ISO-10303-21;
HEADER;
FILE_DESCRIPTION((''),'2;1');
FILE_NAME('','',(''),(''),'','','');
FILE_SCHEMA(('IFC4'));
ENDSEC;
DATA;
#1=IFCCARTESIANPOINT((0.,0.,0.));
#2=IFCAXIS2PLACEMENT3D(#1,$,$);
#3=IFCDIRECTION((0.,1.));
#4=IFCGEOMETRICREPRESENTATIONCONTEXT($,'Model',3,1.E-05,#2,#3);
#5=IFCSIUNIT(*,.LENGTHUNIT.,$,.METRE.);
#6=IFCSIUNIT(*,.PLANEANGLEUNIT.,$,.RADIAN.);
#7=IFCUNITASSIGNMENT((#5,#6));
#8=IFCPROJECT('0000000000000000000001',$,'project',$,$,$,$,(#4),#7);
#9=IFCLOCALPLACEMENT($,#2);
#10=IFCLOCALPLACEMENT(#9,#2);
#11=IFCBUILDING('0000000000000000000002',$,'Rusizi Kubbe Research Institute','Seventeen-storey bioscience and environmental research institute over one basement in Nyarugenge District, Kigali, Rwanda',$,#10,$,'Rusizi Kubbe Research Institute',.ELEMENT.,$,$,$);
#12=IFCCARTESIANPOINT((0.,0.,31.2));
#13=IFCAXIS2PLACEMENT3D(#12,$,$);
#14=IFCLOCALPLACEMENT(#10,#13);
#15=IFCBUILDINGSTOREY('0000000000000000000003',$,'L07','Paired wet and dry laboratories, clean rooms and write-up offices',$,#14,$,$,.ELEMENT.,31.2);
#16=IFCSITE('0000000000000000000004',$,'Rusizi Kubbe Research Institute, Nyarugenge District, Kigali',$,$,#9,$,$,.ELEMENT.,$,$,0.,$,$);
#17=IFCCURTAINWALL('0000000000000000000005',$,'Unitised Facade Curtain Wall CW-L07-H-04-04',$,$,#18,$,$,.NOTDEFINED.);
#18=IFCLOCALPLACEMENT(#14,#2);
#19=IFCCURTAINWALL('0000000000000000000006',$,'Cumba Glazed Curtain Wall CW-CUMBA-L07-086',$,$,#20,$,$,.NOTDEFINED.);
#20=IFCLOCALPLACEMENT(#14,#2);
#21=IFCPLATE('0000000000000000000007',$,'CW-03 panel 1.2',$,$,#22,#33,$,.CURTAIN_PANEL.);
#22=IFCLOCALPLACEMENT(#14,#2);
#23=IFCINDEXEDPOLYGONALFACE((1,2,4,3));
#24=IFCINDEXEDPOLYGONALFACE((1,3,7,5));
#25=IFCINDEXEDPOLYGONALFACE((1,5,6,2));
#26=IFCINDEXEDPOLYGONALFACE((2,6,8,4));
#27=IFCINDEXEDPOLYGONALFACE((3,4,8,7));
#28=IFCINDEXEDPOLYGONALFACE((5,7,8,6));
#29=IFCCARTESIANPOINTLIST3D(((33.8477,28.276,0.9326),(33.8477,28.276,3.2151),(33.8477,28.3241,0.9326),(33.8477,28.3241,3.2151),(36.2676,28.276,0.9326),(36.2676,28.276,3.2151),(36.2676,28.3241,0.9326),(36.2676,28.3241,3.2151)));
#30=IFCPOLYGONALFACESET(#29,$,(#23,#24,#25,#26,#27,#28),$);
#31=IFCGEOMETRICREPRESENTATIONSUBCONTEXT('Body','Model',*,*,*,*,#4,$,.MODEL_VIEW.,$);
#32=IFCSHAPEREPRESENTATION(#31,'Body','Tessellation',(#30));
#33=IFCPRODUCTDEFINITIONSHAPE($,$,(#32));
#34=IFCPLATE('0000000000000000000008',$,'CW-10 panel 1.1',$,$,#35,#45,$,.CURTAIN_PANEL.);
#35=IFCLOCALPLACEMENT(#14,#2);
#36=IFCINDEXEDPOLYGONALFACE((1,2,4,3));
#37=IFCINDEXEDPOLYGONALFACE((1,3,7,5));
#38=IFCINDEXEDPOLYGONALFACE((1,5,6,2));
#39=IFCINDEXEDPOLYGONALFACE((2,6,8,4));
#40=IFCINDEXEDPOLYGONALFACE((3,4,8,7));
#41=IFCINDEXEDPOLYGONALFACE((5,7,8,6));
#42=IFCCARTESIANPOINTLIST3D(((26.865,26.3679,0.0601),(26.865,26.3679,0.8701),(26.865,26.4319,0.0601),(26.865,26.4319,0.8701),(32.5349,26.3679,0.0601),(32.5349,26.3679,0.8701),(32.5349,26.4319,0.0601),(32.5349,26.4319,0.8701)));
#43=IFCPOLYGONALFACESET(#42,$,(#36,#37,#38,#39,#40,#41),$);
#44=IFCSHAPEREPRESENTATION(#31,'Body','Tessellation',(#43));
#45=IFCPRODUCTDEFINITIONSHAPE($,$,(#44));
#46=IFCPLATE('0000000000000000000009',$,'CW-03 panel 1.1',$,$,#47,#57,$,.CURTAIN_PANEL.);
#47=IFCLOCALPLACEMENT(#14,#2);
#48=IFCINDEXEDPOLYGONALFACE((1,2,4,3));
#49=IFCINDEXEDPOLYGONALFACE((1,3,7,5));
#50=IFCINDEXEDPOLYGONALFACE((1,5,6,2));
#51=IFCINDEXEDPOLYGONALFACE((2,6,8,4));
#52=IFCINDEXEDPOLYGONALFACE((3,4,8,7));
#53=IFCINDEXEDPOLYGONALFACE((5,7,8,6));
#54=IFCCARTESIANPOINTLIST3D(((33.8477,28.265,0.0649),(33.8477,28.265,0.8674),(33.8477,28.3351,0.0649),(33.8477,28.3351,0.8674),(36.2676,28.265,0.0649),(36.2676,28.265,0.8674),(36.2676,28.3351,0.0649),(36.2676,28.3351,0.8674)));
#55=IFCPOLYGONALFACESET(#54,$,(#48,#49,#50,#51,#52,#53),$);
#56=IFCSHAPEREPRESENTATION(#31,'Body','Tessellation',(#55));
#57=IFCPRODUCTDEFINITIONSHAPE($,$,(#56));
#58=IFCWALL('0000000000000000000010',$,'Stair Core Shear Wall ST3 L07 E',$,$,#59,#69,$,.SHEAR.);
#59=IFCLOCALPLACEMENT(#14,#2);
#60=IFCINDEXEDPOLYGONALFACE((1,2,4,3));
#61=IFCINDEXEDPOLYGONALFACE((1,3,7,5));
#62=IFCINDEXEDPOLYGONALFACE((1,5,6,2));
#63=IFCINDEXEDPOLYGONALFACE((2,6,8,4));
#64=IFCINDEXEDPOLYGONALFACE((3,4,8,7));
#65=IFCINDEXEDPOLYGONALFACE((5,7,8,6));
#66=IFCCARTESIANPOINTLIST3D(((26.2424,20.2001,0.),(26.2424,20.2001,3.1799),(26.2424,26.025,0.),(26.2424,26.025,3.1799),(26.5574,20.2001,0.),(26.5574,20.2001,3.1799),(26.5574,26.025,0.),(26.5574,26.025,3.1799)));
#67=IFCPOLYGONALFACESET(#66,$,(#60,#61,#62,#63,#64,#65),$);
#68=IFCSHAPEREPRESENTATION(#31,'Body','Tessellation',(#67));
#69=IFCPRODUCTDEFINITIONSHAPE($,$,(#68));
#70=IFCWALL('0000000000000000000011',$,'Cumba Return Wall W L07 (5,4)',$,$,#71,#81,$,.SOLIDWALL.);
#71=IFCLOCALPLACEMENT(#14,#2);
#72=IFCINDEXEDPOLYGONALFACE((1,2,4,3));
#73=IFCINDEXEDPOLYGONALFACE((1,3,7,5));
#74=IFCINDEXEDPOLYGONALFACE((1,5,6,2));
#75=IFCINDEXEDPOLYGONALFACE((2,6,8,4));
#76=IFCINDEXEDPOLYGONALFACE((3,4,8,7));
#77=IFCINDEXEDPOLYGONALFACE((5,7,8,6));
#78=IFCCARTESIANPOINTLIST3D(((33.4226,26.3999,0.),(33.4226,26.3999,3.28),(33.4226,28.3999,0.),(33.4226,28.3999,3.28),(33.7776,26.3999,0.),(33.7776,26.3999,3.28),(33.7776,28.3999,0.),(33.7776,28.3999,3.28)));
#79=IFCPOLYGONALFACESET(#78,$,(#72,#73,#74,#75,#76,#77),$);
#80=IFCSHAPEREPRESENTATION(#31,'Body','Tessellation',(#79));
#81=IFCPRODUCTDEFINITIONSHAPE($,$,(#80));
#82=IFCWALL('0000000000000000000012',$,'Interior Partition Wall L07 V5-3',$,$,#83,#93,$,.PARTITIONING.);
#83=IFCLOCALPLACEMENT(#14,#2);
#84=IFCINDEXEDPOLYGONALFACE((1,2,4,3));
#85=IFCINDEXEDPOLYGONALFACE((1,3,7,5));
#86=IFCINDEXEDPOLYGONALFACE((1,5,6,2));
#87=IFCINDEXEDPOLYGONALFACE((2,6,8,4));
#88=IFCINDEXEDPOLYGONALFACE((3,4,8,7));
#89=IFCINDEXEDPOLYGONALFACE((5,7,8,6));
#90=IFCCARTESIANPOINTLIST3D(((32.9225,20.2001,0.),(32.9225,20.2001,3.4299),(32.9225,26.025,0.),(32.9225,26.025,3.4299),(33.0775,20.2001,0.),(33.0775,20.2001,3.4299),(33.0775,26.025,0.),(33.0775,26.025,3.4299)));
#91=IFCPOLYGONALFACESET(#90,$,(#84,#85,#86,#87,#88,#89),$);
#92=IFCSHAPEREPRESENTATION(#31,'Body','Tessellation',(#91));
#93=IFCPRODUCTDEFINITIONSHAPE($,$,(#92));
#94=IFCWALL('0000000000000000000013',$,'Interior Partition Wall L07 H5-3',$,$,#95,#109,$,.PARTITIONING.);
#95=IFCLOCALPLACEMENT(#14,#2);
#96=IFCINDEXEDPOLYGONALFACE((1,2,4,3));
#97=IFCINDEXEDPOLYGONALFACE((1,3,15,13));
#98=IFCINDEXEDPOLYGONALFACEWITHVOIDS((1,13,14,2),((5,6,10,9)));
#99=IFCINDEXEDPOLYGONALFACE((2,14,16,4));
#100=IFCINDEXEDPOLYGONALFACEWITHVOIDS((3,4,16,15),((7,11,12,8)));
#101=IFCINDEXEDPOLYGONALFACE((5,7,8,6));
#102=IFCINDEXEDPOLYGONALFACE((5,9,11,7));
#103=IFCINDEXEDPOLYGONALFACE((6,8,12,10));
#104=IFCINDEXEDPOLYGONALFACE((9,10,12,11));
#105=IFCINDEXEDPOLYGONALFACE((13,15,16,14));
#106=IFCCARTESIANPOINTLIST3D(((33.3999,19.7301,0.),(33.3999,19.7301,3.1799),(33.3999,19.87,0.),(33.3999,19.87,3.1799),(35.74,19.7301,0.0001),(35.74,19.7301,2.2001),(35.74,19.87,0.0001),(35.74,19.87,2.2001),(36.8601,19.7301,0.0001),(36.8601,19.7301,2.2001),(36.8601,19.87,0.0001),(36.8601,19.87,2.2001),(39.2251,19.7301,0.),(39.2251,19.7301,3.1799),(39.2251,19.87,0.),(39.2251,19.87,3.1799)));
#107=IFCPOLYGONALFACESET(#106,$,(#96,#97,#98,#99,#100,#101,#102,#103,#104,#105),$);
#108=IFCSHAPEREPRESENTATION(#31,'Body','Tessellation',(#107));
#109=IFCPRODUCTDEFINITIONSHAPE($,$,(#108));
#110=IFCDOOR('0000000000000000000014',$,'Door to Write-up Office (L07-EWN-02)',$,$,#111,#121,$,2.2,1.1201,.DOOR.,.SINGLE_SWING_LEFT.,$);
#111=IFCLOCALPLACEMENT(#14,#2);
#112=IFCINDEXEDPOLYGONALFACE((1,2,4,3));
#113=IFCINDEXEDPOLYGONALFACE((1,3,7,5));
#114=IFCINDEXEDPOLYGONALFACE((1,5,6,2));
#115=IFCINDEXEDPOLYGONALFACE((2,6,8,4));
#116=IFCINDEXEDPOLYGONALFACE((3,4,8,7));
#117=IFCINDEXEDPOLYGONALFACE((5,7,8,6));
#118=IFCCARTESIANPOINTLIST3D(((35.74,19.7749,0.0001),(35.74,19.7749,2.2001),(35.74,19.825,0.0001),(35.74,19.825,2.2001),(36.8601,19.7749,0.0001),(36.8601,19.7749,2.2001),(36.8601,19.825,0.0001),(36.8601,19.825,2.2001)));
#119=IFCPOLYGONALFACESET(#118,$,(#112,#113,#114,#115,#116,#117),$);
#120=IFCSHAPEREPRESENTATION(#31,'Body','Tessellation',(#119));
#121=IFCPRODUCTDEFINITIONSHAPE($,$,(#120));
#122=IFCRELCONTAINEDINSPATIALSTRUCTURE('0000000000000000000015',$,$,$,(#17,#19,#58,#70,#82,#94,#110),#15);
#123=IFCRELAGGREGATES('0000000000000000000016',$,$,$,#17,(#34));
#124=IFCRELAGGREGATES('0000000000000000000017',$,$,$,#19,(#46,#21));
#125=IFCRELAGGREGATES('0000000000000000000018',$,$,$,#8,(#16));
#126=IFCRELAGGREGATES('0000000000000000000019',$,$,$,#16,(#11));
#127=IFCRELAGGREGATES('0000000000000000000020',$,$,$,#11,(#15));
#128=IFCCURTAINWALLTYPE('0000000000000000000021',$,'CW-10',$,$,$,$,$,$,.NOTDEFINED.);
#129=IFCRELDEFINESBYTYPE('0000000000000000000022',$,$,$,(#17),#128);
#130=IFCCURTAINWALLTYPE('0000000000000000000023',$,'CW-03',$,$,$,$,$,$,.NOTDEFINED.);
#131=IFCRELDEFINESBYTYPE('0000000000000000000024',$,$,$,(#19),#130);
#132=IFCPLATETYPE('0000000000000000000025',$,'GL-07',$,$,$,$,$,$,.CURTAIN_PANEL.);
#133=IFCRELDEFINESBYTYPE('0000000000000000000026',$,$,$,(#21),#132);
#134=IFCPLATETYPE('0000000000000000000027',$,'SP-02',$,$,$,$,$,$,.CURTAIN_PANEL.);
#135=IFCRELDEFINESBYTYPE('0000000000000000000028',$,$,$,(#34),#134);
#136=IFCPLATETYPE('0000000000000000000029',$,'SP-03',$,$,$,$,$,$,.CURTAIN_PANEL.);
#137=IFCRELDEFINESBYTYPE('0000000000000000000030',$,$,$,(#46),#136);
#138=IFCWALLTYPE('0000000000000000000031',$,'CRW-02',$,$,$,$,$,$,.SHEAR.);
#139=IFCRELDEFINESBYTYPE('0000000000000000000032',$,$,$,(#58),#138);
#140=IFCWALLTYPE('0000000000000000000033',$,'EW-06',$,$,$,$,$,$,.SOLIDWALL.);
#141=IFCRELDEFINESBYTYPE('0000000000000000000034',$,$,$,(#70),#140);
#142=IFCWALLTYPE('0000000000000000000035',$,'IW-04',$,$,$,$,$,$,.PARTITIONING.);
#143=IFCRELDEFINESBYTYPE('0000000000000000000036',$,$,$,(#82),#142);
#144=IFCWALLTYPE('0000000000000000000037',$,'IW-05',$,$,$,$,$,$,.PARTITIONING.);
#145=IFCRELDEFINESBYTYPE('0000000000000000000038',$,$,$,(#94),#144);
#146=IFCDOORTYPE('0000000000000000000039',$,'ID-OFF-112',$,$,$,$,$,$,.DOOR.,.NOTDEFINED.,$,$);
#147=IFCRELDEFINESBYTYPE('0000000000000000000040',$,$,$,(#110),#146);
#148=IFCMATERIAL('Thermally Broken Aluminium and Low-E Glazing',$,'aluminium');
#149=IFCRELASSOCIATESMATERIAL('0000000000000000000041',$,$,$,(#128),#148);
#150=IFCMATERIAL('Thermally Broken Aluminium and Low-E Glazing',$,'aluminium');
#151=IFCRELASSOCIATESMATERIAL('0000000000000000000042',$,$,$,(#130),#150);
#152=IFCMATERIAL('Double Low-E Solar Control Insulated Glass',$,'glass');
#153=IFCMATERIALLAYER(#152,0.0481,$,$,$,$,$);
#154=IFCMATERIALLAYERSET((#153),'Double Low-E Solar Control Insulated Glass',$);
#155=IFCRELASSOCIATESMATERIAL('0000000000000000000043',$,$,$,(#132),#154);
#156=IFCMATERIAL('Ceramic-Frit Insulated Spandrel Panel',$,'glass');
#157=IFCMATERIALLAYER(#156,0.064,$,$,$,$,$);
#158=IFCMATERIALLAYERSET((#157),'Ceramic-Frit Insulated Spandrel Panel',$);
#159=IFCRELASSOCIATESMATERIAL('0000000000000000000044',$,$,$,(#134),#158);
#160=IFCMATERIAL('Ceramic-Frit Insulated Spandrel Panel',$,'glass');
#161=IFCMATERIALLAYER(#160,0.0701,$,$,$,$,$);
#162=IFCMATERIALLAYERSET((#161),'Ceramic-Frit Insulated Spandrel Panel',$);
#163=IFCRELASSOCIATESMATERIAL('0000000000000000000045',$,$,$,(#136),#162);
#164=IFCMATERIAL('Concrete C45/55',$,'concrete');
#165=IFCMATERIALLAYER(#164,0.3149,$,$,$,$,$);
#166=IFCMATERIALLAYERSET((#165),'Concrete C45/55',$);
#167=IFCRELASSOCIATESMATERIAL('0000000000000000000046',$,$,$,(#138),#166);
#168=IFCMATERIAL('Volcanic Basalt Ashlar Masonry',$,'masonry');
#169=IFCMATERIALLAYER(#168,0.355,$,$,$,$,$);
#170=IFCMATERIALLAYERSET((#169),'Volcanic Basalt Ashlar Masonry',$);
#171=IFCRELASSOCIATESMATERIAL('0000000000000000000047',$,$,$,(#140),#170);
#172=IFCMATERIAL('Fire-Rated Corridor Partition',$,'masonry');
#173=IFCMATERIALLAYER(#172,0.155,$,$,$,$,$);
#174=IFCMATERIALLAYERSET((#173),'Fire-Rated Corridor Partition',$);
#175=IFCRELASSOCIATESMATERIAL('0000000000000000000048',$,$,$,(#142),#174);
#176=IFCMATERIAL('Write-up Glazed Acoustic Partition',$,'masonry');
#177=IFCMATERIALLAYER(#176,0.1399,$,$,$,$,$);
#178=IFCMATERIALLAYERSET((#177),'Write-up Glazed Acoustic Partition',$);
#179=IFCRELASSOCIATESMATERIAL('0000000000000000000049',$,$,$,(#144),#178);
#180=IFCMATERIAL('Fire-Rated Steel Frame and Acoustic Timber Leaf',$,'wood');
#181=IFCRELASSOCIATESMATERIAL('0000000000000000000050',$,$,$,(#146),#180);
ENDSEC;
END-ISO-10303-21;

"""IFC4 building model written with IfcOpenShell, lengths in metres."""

from ifc_helpers import new_model, si_unit, direction, frame, frame_2d, origin, origin_2d, place, context, subcontext, project, spatial, rectangle, extrude, material, layer, layer_set, type_object, element, fill, aggregate, save


model = new_model("IFC4")

# Units and contexts
model_context = context("Model", 3, precision=1e-05, world=origin(), true_north=direction((0.0, 1.0)))
body_context = subcontext(model_context, "Body", "Model", "MODEL_VIEW")
ifc_project = project(units=[si_unit("LENGTHUNIT", "METRE"), si_unit("PLANEANGLEUNIT", "RADIAN")], contexts=[model_context])

# Site, building, storey
site_placement = place(None, origin())
site = spatial("IfcSite", under=ifc_project, at=site_placement, Name="Rusizi Kubbe Research Institute, Nyarugenge District, Kigali", CompositionType="ELEMENT", RefElevation=0.0)
building_placement = place(site_placement, origin())
building = spatial("IfcBuilding", under=site, at=building_placement, Name="Rusizi Kubbe Research Institute", Description="Seventeen-storey bioscience and environmental research institute over one basement in Nyarugenge District, Kigali, Rwanda", LongName="Rusizi Kubbe Research Institute", CompositionType="ELEMENT")
storey_placement = place(building_placement, frame((0.0, 0.0, 31.2)))
storey = spatial("IfcBuildingStorey", under=building, at=storey_placement, Name="L07", Description="Paired wet and dry laboratories, clean rooms and write-up offices", CompositionType="ELEMENT", Elevation=31.2)

# Curtain wall
ifc_material_1 = material(Name="Thermally Broken Aluminium and Low-E Glazing", Category="aluminium")
curtain_wall_type_1 = type_object("IfcCurtainWallType", Name="CW-10", PredefinedType="NOTDEFINED", material=ifc_material_1)
curtain_wall_1_placement = place(storey_placement, origin())
curtain_wall_1 = element("IfcCurtainWall", 1, at=curtain_wall_1_placement, inside=storey, type_object=curtain_wall_type_1, Name="Unitised Facade Curtain Wall CW-L07-H-04-04", PredefinedType="NOTDEFINED")

# Curtain wall
ifc_material_2 = material(Name="Thermally Broken Aluminium and Low-E Glazing", Category="aluminium")
curtain_wall_type_2 = type_object("IfcCurtainWallType", Name="CW-03", PredefinedType="NOTDEFINED", material=ifc_material_2)
curtain_wall_2_placement = place(storey_placement, origin())
curtain_wall_2 = element("IfcCurtainWall", 2, at=curtain_wall_2_placement, inside=storey, type_object=curtain_wall_type_2, Name="Cumba Glazed Curtain Wall CW-CUMBA-L07-086", PredefinedType="NOTDEFINED")

# Plates
ifc_material_3 = material(Name="Double Low-E Solar Control Insulated Glass", Category="glass")
ifc_layer_1 = layer(ifc_material_3, 0.0481)
ifc_layer_set_1 = layer_set([ifc_layer_1], Name="Double Low-E Solar Control Insulated Glass")
plate_type_1 = type_object("IfcPlateType", Name="GL-07", PredefinedType="CURTAIN_PANEL", material=ifc_layer_set_1)
plate_1_placement = place(storey_placement, frame((35.0576, 28.3, 0.9326), z_axis=(0.0, 0.0, 1.0), x_axis=(1.0, 0.0, 0.0)))
plate_1 = element("IfcPlate", 3, at=plate_1_placement, type_object=plate_type_1, Name="CW-03 panel 1.2", PredefinedType="CURTAIN_PANEL", context=body_context, shape_type="SweptSolid", body=[
    extrude(rectangle(XDim=2.4199, YDim=0.0481, at=origin_2d()), origin(), (0.0, 0.0, 1.0), 2.2825),
])
ifc_material_4 = material(Name="Ceramic-Frit Insulated Spandrel Panel", Category="glass")
ifc_layer_2 = layer(ifc_material_4, 0.064)
ifc_layer_set_2 = layer_set([ifc_layer_2], Name="Ceramic-Frit Insulated Spandrel Panel")
plate_type_2 = type_object("IfcPlateType", Name="SP-02", PredefinedType="CURTAIN_PANEL", material=ifc_layer_set_2)
plate_2_placement = place(storey_placement, frame((29.7, 26.3999, 0.0601), z_axis=(0.0, 0.0, 1.0), x_axis=(1.0, 0.0, 0.0)))
plate_2 = element("IfcPlate", 4, at=plate_2_placement, type_object=plate_type_2, Name="CW-10 panel 1.1", PredefinedType="CURTAIN_PANEL", context=body_context, shape_type="SweptSolid", body=[
    extrude(rectangle(XDim=5.6699, YDim=0.064, at=origin_2d()), origin(), (0.0, 0.0, 1.0), 0.8101),
])
aggregate(curtain_wall_1, [plate_2])
ifc_material_5 = material(Name="Ceramic-Frit Insulated Spandrel Panel", Category="glass")
ifc_layer_3 = layer(ifc_material_5, 0.0701)
ifc_layer_set_3 = layer_set([ifc_layer_3], Name="Ceramic-Frit Insulated Spandrel Panel")
plate_type_3 = type_object("IfcPlateType", Name="SP-03", PredefinedType="CURTAIN_PANEL", material=ifc_layer_set_3)
plate_3_placement = place(storey_placement, frame((35.0576, 28.3, 0.0649), z_axis=(0.0, 0.0, 1.0), x_axis=(1.0, 0.0, 0.0)))
plate_3 = element("IfcPlate", 5, at=plate_3_placement, type_object=plate_type_3, Name="CW-03 panel 1.1", PredefinedType="CURTAIN_PANEL", context=body_context, shape_type="SweptSolid", body=[
    extrude(rectangle(XDim=2.4199, YDim=0.0701, at=origin_2d()), origin(), (0.0, 0.0, 1.0), 0.8025),
])
aggregate(curtain_wall_2, [plate_3, plate_1])

# Walls
ifc_material_6 = material(Name="Concrete C45/55", Category="concrete")
ifc_layer_4 = layer(ifc_material_6, 0.3149)
ifc_layer_set_4 = layer_set([ifc_layer_4], Name="Concrete C45/55")
wall_type_1 = type_object("IfcWallType", Name="CRW-02", PredefinedType="SHEAR", material=ifc_layer_set_4)
wall_1_placement = place(storey_placement, frame((26.3999, 20.2, 0.0), z_axis=(0.0, 0.0, 1.0), x_axis=(0.0, 1.0, 0.0)))
element("IfcWall", 6, at=wall_1_placement, inside=storey, type_object=wall_type_1, Name="Stair Core Shear Wall ST3 L07 E", PredefinedType="SHEAR", context=body_context, shape_type="SweptSolid", body=[
    extrude(rectangle(XDim=5.825, YDim=0.3149, at=frame_2d((2.9126, 0.0))), origin(), (0.0, 0.0, 1.0), 3.1799),
])
ifc_material_7 = material(Name="Volcanic Basalt Ashlar Masonry", Category="masonry")
ifc_layer_5 = layer(ifc_material_7, 0.355)
ifc_layer_set_5 = layer_set([ifc_layer_5], Name="Volcanic Basalt Ashlar Masonry")
wall_type_2 = type_object("IfcWallType", Name="EW-06", PredefinedType="SOLIDWALL", material=ifc_layer_set_5)
wall_2_placement = place(storey_placement, frame((33.6001, 26.3999, 0.0), z_axis=(0.0, 0.0, 1.0), x_axis=(0.0, 1.0, 0.0)))
element("IfcWall", 7, at=wall_2_placement, inside=storey, type_object=wall_type_2, Name="Cumba Return Wall W L07 (5,4)", PredefinedType="SOLIDWALL", context=body_context, shape_type="SweptSolid", body=[
    extrude(rectangle(XDim=2.0, YDim=0.355, at=frame_2d((1.0, 0.0))), origin(), (0.0, 0.0, 1.0), 3.28),
])
ifc_material_8 = material(Name="Fire-Rated Corridor Partition", Category="masonry")
ifc_layer_6 = layer(ifc_material_8, 0.155)
ifc_layer_set_6 = layer_set([ifc_layer_6], Name="Fire-Rated Corridor Partition")
wall_type_3 = type_object("IfcWallType", Name="IW-04", PredefinedType="PARTITIONING", material=ifc_layer_set_6)
wall_3_placement = place(storey_placement, frame((33.0, 20.2, 0.0), z_axis=(0.0, 0.0, 1.0), x_axis=(0.0, 1.0, 0.0)))
element("IfcWall", 8, at=wall_3_placement, inside=storey, type_object=wall_type_3, Name="Interior Partition Wall L07 V5-3", PredefinedType="PARTITIONING", context=body_context, shape_type="SweptSolid", body=[
    extrude(rectangle(XDim=5.825, YDim=0.155, at=frame_2d((2.9126, 0.0))), origin(), (0.0, 0.0, 1.0), 3.4299),
])

# Wall, opening, door
ifc_material_9 = material(Name="Write-up Glazed Acoustic Partition", Category="masonry")
ifc_layer_7 = layer(ifc_material_9, 0.1399)
ifc_layer_set_7 = layer_set([ifc_layer_7], Name="Write-up Glazed Acoustic Partition")
wall_type_4 = type_object("IfcWallType", Name="IW-05", PredefinedType="PARTITIONING", material=ifc_layer_set_7)
wall_4_placement = place(storey_placement, frame((33.3999, 19.8, 0.0), z_axis=(0.0, 0.0, 1.0), x_axis=(1.0, 0.0, 0.0)))
wall_4 = element("IfcWall", 9, at=wall_4_placement, inside=storey, type_object=wall_type_4, Name="Interior Partition Wall L07 H5-3", PredefinedType="PARTITIONING", context=body_context, shape_type="SweptSolid", body=[
    extrude(rectangle(XDim=5.8252, YDim=0.1399, at=frame_2d((2.9126, 0.0))), origin(), (0.0, 0.0, 1.0), 3.1799),
])
opening_placement = place(wall_4_placement, frame((2.3401, 0.0, 0.0)))
opening = element("IfcOpeningElement", 10, at=opening_placement, cuts=wall_4, PredefinedType="OPENING", context=body_context, shape_type="SweptSolid", body=[
    extrude(rectangle(XDim=1.1201, YDim=2.2, at=frame_2d((0.5601, 1.1001))), frame((0.0, 0.0798, 0.0), z_axis=(0.0, -1.0, 0.0), x_axis=(1.0, 0.0, 0.0)), (0.0, 0.0, 1.0), 0.1599),
])
ifc_material_10 = material(Name="Fire-Rated Steel Frame and Acoustic Timber Leaf", Category="wood")
door_type = type_object("IfcDoorType", Name="ID-OFF-112", OperationType="NOTDEFINED", PredefinedType="DOOR", material=ifc_material_10)
door_placement = place(opening_placement, origin())
door = element("IfcDoor", 11, at=door_placement, inside=storey, type_object=door_type, Name="Door to Write-up Office (L07-EWN-02)", OperationType="SINGLE_SWING_LEFT", OverallHeight=2.2, OverallWidth=1.1201, PredefinedType="DOOR", context=body_context, shape_type="SweptSolid", body=[
    extrude(rectangle(XDim=1.1201, YDim=2.2, at=frame_2d((0.5601, 1.1001))), frame((0.0, 0.0249, 0.0), z_axis=(0.0, -1.0, 0.0), x_axis=(1.0, 0.0, 0.0)), (0.0, 0.0, 1.0), 0.05),
])
fill(opening, door)

save(model, "model.ifc")
